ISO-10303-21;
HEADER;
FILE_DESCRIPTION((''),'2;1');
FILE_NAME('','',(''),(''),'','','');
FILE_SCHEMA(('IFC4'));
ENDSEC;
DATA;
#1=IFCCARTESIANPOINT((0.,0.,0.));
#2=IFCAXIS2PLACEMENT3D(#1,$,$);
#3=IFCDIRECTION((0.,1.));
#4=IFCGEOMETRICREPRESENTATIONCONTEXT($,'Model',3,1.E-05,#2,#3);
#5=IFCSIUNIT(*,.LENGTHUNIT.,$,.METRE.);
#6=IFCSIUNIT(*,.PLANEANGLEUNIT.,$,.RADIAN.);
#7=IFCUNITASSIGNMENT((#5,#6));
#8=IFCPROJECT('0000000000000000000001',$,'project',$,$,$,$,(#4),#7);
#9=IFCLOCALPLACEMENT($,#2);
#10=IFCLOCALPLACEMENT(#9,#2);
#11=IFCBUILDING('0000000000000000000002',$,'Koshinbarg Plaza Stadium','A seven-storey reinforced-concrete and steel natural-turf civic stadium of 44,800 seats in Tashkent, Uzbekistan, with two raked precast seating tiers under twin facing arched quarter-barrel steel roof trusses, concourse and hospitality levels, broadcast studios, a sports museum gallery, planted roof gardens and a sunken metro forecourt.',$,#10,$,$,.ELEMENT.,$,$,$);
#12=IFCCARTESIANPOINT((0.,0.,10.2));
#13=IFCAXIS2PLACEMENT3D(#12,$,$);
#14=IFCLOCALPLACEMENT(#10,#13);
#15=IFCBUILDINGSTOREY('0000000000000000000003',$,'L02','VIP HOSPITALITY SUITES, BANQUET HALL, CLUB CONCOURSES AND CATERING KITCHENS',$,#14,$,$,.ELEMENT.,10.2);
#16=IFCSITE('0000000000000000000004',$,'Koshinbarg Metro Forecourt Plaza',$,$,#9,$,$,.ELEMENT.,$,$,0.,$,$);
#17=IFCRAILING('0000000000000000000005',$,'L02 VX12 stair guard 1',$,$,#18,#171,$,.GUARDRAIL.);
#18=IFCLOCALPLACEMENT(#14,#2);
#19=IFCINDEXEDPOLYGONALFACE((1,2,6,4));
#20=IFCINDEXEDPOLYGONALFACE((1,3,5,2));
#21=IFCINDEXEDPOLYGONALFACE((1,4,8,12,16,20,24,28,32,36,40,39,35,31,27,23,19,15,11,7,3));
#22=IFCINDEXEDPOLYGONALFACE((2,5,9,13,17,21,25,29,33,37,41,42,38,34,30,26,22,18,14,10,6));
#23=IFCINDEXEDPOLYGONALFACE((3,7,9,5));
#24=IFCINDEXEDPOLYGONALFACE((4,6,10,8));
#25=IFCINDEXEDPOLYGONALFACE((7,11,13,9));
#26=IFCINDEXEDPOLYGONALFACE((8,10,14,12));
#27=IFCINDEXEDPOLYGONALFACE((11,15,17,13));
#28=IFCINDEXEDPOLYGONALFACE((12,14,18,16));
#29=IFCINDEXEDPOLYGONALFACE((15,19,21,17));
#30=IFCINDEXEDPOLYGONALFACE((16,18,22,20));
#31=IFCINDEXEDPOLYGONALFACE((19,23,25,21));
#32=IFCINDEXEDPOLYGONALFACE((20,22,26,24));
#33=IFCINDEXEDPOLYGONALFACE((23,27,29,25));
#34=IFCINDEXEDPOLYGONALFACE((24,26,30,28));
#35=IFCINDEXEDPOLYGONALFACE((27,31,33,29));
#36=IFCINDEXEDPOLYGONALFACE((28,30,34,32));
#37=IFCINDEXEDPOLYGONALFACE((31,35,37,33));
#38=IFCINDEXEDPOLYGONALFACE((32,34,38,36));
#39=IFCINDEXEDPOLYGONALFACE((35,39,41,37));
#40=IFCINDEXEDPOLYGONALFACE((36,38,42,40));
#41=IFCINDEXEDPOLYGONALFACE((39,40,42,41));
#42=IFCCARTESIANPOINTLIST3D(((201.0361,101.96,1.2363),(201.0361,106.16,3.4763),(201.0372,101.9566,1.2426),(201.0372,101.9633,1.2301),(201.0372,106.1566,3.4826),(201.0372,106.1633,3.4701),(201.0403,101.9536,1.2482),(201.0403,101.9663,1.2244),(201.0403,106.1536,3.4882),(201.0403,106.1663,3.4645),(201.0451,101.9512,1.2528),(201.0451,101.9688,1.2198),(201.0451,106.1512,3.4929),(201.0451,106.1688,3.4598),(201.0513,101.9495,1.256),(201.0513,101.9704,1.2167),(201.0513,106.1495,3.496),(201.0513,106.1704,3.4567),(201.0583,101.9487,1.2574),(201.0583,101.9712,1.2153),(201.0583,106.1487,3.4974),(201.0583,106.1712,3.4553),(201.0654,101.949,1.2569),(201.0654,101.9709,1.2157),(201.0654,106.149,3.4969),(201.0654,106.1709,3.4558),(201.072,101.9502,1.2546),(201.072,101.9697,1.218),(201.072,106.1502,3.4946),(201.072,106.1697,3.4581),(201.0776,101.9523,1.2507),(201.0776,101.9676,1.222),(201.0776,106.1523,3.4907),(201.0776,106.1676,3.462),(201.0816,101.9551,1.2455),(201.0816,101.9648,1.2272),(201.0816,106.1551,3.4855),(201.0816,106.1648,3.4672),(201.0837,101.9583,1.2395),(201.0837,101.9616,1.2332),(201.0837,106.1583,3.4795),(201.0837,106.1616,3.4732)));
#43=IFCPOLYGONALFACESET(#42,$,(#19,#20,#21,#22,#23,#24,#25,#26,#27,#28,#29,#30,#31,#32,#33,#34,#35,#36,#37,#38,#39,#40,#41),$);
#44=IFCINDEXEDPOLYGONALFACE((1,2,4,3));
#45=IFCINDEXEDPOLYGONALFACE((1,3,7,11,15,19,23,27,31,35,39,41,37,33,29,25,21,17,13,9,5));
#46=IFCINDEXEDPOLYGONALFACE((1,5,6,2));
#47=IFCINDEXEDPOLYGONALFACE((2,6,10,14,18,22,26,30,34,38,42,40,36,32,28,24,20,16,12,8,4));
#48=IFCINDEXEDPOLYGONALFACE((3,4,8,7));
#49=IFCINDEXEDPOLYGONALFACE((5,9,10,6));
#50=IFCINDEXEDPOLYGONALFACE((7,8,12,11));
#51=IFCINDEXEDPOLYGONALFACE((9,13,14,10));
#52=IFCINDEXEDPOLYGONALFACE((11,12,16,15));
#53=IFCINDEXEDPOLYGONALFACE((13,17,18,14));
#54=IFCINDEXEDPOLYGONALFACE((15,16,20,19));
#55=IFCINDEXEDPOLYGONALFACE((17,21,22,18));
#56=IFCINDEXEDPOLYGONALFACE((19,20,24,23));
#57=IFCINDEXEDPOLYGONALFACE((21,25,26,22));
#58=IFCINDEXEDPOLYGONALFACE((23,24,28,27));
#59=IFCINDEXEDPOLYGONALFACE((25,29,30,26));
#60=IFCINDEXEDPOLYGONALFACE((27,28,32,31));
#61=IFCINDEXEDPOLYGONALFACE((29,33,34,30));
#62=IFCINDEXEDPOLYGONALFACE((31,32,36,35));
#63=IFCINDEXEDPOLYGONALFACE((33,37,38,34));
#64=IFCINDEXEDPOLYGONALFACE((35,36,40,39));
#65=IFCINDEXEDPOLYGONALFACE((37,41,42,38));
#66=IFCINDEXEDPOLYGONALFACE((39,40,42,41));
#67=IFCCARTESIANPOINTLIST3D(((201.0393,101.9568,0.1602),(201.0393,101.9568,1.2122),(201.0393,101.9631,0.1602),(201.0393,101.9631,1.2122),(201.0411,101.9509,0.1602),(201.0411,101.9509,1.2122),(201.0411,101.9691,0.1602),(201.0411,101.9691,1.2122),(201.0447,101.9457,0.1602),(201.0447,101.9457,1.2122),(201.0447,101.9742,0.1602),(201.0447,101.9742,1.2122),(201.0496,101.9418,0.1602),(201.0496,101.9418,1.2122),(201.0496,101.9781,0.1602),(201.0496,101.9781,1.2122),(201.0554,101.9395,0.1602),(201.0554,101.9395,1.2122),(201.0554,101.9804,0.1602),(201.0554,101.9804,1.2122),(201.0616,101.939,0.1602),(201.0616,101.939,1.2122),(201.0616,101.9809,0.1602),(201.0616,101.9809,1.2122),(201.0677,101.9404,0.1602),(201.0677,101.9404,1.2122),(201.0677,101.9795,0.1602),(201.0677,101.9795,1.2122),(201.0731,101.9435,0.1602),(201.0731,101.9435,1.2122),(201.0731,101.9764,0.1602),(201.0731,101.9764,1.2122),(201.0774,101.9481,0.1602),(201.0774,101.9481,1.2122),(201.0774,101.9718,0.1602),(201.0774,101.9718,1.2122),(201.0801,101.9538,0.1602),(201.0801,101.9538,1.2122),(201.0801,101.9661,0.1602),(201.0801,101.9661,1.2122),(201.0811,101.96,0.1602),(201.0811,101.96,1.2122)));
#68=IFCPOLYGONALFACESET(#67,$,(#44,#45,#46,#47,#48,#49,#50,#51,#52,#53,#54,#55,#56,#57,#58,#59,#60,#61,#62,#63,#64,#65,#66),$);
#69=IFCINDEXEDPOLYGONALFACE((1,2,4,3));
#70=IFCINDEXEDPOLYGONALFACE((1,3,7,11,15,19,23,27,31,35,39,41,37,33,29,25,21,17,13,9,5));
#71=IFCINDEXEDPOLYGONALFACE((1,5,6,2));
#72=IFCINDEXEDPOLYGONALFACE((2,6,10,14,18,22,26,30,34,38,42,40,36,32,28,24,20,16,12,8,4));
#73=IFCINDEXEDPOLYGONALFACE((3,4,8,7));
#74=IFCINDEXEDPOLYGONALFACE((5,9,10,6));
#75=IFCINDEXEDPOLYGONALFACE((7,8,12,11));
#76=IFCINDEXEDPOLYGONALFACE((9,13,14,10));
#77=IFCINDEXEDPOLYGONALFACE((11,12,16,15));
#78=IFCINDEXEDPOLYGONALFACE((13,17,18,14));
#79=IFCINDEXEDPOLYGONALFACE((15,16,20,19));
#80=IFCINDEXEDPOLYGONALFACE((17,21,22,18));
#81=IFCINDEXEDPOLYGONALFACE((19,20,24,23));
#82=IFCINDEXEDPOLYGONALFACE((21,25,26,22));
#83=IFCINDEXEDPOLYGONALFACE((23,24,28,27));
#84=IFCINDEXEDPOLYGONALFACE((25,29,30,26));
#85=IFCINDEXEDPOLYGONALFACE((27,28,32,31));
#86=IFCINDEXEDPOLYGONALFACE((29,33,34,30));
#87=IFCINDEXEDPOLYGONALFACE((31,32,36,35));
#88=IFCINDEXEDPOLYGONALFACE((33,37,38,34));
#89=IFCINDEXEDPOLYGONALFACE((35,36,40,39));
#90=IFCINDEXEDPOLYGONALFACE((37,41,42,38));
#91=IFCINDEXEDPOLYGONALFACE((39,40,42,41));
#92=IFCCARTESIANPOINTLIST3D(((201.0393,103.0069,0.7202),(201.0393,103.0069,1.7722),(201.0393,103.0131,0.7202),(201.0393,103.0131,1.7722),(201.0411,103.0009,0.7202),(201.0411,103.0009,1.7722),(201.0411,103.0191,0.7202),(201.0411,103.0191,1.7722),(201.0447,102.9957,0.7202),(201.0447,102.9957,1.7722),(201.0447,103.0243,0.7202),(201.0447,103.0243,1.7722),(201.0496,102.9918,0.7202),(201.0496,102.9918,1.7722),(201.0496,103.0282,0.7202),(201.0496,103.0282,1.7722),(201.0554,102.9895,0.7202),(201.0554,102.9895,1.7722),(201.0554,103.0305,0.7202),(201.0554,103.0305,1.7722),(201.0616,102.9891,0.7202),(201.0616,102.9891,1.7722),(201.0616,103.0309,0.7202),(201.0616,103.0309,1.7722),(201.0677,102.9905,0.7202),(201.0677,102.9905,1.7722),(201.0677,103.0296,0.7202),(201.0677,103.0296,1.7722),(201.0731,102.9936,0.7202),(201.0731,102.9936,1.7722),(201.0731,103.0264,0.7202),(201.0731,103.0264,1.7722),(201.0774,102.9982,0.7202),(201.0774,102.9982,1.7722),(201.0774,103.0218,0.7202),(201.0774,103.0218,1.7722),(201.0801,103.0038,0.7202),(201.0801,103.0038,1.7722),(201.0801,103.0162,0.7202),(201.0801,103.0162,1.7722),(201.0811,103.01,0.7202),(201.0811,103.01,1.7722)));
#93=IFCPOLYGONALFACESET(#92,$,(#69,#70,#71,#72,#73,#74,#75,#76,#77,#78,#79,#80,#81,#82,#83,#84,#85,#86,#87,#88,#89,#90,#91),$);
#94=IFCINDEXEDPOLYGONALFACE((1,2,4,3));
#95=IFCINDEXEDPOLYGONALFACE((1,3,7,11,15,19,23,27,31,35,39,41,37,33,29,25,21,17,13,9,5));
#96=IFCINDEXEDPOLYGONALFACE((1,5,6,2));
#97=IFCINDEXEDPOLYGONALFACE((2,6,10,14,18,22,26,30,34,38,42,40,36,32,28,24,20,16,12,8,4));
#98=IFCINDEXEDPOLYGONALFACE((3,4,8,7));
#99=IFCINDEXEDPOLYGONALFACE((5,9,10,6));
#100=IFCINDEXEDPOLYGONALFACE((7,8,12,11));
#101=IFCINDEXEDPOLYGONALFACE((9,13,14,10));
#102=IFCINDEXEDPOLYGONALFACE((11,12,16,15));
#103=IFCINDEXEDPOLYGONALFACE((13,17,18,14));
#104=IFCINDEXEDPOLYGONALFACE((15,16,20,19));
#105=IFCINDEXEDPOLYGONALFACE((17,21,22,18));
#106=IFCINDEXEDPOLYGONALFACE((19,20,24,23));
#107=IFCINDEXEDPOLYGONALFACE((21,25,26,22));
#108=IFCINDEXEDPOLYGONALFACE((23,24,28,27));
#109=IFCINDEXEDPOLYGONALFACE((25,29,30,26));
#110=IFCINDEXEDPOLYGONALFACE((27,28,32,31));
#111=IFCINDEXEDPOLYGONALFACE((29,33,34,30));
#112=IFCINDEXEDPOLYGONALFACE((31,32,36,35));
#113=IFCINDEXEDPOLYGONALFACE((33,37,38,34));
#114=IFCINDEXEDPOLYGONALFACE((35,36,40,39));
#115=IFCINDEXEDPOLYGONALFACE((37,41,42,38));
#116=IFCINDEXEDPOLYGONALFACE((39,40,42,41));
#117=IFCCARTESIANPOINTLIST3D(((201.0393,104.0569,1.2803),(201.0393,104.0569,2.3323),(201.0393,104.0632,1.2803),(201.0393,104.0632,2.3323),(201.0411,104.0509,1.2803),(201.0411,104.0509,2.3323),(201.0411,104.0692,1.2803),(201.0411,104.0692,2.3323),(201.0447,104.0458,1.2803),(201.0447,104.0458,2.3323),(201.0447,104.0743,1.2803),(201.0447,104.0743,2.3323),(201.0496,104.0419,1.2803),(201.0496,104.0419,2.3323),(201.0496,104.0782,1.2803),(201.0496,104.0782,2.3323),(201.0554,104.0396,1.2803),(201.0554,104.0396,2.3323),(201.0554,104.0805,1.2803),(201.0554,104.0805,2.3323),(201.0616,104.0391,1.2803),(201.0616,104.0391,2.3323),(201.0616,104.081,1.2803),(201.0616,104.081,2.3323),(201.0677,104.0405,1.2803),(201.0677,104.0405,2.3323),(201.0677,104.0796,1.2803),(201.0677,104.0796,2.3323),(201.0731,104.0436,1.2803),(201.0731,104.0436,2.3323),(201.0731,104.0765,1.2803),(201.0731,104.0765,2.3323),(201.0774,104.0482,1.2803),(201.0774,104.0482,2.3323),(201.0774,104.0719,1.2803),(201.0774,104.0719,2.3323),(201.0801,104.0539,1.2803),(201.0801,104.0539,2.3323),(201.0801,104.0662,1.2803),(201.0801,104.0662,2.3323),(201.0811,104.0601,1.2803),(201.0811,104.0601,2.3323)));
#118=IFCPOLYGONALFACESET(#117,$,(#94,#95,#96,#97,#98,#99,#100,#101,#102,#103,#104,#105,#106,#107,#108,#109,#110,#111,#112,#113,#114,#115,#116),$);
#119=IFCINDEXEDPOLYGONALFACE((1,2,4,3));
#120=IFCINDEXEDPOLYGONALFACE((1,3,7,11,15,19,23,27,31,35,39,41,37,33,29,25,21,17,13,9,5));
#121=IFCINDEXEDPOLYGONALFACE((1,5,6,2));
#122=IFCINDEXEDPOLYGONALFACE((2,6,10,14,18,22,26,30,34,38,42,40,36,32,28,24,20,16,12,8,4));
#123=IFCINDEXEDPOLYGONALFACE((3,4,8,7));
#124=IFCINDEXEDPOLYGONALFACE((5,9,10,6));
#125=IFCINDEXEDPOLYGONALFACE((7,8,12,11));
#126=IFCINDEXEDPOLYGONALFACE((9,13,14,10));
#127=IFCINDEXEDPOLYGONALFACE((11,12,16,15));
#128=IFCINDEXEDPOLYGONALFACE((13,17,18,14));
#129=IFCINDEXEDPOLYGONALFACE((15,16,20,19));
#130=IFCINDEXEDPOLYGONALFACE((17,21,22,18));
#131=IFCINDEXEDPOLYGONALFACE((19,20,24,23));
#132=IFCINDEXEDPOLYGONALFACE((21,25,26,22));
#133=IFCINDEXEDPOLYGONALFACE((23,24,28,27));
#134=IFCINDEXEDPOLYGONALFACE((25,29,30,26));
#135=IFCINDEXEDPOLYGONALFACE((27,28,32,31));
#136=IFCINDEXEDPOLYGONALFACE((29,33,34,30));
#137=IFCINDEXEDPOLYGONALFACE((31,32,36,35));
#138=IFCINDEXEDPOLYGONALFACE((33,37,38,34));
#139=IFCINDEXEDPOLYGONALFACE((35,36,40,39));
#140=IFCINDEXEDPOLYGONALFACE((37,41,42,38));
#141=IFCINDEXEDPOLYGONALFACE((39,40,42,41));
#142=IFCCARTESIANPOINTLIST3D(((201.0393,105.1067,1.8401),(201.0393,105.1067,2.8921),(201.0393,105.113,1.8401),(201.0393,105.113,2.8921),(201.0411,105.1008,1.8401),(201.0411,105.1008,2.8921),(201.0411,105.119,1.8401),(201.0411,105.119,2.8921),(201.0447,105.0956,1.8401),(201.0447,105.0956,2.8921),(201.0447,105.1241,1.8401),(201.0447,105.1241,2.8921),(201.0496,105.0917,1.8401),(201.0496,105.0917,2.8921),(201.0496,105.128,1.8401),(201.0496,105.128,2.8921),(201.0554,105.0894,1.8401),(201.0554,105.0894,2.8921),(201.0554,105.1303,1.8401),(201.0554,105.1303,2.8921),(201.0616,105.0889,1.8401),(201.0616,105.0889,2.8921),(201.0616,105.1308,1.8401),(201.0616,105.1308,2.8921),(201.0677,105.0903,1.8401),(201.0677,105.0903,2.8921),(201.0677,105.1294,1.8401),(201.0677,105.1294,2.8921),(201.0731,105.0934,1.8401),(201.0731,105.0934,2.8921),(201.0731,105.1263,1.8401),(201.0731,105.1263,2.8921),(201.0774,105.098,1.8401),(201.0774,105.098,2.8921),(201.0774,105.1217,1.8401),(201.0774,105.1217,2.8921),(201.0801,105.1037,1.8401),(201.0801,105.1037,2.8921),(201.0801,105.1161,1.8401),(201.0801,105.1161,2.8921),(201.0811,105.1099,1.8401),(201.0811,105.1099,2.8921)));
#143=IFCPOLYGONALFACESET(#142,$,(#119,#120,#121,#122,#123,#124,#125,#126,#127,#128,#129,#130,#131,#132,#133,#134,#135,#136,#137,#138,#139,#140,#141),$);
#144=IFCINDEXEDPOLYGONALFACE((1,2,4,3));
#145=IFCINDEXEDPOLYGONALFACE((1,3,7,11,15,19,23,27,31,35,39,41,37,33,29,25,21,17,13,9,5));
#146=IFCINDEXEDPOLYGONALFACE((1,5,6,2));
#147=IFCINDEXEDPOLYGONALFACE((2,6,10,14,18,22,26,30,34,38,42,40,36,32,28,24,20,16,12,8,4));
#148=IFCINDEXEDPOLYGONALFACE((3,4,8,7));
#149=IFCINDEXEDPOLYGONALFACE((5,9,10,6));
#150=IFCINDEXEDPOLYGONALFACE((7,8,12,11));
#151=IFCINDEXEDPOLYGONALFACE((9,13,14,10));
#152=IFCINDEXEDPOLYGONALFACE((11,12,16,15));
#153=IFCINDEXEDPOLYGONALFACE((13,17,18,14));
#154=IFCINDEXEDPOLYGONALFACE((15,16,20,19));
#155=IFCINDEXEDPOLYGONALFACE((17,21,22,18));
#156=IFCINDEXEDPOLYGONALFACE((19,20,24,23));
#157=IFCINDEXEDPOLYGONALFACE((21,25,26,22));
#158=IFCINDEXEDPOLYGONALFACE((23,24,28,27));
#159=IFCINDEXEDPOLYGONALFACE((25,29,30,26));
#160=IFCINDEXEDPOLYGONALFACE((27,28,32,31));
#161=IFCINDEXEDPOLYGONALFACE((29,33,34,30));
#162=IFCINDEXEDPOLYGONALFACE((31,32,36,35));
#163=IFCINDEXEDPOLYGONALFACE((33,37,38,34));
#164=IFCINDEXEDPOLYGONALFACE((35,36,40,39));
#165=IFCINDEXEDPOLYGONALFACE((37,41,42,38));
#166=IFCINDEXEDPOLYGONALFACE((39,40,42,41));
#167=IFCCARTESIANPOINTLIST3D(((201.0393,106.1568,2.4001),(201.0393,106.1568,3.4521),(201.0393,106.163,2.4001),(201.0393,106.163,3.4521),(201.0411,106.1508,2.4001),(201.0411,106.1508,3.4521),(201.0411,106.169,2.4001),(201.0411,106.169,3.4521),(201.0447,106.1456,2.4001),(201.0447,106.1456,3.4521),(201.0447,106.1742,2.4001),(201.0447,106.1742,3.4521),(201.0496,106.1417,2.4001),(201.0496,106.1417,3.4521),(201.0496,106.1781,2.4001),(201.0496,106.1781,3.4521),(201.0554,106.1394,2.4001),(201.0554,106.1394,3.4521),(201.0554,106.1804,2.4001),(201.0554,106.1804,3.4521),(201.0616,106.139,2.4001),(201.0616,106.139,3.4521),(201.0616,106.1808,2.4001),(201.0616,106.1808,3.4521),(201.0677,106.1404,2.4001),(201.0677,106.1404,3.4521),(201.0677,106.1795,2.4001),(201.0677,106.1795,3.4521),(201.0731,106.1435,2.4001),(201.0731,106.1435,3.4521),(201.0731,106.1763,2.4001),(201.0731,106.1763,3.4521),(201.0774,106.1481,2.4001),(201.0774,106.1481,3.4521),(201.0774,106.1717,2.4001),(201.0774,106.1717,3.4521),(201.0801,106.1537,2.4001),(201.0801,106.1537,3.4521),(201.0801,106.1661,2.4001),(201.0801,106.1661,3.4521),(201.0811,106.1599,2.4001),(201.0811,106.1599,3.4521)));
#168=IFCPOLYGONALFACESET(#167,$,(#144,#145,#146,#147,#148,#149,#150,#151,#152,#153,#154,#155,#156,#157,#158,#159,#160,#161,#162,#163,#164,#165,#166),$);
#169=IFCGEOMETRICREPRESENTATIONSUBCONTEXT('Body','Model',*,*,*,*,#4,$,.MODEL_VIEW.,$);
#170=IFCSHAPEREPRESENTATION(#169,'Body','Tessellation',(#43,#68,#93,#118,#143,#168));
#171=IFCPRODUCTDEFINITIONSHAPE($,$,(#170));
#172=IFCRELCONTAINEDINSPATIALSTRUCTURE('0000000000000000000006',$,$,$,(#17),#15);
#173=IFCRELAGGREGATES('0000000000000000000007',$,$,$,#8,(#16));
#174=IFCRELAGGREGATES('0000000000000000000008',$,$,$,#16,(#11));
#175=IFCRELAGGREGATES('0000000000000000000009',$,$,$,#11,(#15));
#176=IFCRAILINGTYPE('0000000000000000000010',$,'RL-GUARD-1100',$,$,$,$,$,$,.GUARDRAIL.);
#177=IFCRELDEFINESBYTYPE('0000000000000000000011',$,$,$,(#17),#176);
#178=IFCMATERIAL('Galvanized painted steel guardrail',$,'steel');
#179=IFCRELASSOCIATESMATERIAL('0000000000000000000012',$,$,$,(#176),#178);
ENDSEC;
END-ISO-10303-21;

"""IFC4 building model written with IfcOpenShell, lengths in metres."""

from ifc_helpers import new_model, si_unit, direction, frame, origin, origin_2d, place, context, subcontext, project, spatial, circle, extrude, material, type_object, element, save


model = new_model("IFC4")

# Units and contexts
model_context = context("Model", 3, precision=1e-05, world=origin(), true_north=direction((0.0, 1.0)))
body_context = subcontext(model_context, "Body", "Model", "MODEL_VIEW")
ifc_project = project(units=[si_unit("LENGTHUNIT", "METRE"), si_unit("PLANEANGLEUNIT", "RADIAN")], contexts=[model_context])

# Site, building, storey
site_placement = place(None, origin())
site = spatial("IfcSite", under=ifc_project, at=site_placement, Name="Koshinbarg Metro Forecourt Plaza", CompositionType="ELEMENT", RefElevation=0.0)
building_placement = place(site_placement, origin())
building = spatial("IfcBuilding", under=site, at=building_placement, Name="Koshinbarg Plaza Stadium", Description="A seven-storey reinforced-concrete and steel natural-turf civic stadium of 44,800 seats in Tashkent, Uzbekistan, with two raked precast seating tiers under twin facing arched quarter-barrel steel roof trusses, concourse and hospitality levels, broadcast studios, a sports museum gallery, planted roof gardens and a sunken metro forecourt.", CompositionType="ELEMENT")
storey_placement = place(building_placement, frame((0.0, 0.0, 10.2)))
storey = spatial("IfcBuildingStorey", under=building, at=storey_placement, Name="L02", Description="VIP HOSPITALITY SUITES, BANQUET HALL, CLUB CONCOURSES AND CATERING KITCHENS", CompositionType="ELEMENT", Elevation=10.2)

# Railing
ifc_material_1 = material(Name="Galvanized painted steel guardrail", Category="steel")
railing_type_1 = type_object("IfcRailingType", Name="RL-GUARD-1100", PredefinedType="GUARDRAIL", material=ifc_material_1)
railing_1_placement = place(storey_placement, frame((201.0601, 101.96, 0.1602)))
element("IfcRailing", 1, at=railing_1_placement, inside=storey, type_object=railing_type_1, Name="L02 VX12 stair guard 1", PredefinedType="GUARDRAIL", context=body_context, shape_type="SweptSolid", body=[
    extrude(circle(Radius=0.0239, at=origin_2d()), frame((0.0, 0.0, 1.0762), z_axis=(0.0, 0.882352, 0.470591), x_axis=(-1.0, 0.0, 0.0)), (0.0, 0.0, 1.0), 4.76),
    extrude(circle(Radius=0.021, at=origin_2d()), origin(), (0.0, 0.0, 1.0), 1.052),
    extrude(circle(Radius=0.021, at=origin_2d()), frame((0.0, 1.05, 0.5601)), (0.0, 0.0, 1.0), 1.052),
    extrude(circle(Radius=0.021, at=origin_2d()), frame((0.0, 2.1001, 1.1201)), (0.0, 0.0, 1.0), 1.052),
    extrude(circle(Radius=0.021, at=origin_2d()), frame((0.0, 3.1499, 1.6799)), (0.0, 0.0, 1.0), 1.052),
    extrude(circle(Radius=0.021, at=origin_2d()), frame((0.0, 4.2, 2.24)), (0.0, 0.0, 1.0), 1.052),
])

save(model, "model.ifc")
